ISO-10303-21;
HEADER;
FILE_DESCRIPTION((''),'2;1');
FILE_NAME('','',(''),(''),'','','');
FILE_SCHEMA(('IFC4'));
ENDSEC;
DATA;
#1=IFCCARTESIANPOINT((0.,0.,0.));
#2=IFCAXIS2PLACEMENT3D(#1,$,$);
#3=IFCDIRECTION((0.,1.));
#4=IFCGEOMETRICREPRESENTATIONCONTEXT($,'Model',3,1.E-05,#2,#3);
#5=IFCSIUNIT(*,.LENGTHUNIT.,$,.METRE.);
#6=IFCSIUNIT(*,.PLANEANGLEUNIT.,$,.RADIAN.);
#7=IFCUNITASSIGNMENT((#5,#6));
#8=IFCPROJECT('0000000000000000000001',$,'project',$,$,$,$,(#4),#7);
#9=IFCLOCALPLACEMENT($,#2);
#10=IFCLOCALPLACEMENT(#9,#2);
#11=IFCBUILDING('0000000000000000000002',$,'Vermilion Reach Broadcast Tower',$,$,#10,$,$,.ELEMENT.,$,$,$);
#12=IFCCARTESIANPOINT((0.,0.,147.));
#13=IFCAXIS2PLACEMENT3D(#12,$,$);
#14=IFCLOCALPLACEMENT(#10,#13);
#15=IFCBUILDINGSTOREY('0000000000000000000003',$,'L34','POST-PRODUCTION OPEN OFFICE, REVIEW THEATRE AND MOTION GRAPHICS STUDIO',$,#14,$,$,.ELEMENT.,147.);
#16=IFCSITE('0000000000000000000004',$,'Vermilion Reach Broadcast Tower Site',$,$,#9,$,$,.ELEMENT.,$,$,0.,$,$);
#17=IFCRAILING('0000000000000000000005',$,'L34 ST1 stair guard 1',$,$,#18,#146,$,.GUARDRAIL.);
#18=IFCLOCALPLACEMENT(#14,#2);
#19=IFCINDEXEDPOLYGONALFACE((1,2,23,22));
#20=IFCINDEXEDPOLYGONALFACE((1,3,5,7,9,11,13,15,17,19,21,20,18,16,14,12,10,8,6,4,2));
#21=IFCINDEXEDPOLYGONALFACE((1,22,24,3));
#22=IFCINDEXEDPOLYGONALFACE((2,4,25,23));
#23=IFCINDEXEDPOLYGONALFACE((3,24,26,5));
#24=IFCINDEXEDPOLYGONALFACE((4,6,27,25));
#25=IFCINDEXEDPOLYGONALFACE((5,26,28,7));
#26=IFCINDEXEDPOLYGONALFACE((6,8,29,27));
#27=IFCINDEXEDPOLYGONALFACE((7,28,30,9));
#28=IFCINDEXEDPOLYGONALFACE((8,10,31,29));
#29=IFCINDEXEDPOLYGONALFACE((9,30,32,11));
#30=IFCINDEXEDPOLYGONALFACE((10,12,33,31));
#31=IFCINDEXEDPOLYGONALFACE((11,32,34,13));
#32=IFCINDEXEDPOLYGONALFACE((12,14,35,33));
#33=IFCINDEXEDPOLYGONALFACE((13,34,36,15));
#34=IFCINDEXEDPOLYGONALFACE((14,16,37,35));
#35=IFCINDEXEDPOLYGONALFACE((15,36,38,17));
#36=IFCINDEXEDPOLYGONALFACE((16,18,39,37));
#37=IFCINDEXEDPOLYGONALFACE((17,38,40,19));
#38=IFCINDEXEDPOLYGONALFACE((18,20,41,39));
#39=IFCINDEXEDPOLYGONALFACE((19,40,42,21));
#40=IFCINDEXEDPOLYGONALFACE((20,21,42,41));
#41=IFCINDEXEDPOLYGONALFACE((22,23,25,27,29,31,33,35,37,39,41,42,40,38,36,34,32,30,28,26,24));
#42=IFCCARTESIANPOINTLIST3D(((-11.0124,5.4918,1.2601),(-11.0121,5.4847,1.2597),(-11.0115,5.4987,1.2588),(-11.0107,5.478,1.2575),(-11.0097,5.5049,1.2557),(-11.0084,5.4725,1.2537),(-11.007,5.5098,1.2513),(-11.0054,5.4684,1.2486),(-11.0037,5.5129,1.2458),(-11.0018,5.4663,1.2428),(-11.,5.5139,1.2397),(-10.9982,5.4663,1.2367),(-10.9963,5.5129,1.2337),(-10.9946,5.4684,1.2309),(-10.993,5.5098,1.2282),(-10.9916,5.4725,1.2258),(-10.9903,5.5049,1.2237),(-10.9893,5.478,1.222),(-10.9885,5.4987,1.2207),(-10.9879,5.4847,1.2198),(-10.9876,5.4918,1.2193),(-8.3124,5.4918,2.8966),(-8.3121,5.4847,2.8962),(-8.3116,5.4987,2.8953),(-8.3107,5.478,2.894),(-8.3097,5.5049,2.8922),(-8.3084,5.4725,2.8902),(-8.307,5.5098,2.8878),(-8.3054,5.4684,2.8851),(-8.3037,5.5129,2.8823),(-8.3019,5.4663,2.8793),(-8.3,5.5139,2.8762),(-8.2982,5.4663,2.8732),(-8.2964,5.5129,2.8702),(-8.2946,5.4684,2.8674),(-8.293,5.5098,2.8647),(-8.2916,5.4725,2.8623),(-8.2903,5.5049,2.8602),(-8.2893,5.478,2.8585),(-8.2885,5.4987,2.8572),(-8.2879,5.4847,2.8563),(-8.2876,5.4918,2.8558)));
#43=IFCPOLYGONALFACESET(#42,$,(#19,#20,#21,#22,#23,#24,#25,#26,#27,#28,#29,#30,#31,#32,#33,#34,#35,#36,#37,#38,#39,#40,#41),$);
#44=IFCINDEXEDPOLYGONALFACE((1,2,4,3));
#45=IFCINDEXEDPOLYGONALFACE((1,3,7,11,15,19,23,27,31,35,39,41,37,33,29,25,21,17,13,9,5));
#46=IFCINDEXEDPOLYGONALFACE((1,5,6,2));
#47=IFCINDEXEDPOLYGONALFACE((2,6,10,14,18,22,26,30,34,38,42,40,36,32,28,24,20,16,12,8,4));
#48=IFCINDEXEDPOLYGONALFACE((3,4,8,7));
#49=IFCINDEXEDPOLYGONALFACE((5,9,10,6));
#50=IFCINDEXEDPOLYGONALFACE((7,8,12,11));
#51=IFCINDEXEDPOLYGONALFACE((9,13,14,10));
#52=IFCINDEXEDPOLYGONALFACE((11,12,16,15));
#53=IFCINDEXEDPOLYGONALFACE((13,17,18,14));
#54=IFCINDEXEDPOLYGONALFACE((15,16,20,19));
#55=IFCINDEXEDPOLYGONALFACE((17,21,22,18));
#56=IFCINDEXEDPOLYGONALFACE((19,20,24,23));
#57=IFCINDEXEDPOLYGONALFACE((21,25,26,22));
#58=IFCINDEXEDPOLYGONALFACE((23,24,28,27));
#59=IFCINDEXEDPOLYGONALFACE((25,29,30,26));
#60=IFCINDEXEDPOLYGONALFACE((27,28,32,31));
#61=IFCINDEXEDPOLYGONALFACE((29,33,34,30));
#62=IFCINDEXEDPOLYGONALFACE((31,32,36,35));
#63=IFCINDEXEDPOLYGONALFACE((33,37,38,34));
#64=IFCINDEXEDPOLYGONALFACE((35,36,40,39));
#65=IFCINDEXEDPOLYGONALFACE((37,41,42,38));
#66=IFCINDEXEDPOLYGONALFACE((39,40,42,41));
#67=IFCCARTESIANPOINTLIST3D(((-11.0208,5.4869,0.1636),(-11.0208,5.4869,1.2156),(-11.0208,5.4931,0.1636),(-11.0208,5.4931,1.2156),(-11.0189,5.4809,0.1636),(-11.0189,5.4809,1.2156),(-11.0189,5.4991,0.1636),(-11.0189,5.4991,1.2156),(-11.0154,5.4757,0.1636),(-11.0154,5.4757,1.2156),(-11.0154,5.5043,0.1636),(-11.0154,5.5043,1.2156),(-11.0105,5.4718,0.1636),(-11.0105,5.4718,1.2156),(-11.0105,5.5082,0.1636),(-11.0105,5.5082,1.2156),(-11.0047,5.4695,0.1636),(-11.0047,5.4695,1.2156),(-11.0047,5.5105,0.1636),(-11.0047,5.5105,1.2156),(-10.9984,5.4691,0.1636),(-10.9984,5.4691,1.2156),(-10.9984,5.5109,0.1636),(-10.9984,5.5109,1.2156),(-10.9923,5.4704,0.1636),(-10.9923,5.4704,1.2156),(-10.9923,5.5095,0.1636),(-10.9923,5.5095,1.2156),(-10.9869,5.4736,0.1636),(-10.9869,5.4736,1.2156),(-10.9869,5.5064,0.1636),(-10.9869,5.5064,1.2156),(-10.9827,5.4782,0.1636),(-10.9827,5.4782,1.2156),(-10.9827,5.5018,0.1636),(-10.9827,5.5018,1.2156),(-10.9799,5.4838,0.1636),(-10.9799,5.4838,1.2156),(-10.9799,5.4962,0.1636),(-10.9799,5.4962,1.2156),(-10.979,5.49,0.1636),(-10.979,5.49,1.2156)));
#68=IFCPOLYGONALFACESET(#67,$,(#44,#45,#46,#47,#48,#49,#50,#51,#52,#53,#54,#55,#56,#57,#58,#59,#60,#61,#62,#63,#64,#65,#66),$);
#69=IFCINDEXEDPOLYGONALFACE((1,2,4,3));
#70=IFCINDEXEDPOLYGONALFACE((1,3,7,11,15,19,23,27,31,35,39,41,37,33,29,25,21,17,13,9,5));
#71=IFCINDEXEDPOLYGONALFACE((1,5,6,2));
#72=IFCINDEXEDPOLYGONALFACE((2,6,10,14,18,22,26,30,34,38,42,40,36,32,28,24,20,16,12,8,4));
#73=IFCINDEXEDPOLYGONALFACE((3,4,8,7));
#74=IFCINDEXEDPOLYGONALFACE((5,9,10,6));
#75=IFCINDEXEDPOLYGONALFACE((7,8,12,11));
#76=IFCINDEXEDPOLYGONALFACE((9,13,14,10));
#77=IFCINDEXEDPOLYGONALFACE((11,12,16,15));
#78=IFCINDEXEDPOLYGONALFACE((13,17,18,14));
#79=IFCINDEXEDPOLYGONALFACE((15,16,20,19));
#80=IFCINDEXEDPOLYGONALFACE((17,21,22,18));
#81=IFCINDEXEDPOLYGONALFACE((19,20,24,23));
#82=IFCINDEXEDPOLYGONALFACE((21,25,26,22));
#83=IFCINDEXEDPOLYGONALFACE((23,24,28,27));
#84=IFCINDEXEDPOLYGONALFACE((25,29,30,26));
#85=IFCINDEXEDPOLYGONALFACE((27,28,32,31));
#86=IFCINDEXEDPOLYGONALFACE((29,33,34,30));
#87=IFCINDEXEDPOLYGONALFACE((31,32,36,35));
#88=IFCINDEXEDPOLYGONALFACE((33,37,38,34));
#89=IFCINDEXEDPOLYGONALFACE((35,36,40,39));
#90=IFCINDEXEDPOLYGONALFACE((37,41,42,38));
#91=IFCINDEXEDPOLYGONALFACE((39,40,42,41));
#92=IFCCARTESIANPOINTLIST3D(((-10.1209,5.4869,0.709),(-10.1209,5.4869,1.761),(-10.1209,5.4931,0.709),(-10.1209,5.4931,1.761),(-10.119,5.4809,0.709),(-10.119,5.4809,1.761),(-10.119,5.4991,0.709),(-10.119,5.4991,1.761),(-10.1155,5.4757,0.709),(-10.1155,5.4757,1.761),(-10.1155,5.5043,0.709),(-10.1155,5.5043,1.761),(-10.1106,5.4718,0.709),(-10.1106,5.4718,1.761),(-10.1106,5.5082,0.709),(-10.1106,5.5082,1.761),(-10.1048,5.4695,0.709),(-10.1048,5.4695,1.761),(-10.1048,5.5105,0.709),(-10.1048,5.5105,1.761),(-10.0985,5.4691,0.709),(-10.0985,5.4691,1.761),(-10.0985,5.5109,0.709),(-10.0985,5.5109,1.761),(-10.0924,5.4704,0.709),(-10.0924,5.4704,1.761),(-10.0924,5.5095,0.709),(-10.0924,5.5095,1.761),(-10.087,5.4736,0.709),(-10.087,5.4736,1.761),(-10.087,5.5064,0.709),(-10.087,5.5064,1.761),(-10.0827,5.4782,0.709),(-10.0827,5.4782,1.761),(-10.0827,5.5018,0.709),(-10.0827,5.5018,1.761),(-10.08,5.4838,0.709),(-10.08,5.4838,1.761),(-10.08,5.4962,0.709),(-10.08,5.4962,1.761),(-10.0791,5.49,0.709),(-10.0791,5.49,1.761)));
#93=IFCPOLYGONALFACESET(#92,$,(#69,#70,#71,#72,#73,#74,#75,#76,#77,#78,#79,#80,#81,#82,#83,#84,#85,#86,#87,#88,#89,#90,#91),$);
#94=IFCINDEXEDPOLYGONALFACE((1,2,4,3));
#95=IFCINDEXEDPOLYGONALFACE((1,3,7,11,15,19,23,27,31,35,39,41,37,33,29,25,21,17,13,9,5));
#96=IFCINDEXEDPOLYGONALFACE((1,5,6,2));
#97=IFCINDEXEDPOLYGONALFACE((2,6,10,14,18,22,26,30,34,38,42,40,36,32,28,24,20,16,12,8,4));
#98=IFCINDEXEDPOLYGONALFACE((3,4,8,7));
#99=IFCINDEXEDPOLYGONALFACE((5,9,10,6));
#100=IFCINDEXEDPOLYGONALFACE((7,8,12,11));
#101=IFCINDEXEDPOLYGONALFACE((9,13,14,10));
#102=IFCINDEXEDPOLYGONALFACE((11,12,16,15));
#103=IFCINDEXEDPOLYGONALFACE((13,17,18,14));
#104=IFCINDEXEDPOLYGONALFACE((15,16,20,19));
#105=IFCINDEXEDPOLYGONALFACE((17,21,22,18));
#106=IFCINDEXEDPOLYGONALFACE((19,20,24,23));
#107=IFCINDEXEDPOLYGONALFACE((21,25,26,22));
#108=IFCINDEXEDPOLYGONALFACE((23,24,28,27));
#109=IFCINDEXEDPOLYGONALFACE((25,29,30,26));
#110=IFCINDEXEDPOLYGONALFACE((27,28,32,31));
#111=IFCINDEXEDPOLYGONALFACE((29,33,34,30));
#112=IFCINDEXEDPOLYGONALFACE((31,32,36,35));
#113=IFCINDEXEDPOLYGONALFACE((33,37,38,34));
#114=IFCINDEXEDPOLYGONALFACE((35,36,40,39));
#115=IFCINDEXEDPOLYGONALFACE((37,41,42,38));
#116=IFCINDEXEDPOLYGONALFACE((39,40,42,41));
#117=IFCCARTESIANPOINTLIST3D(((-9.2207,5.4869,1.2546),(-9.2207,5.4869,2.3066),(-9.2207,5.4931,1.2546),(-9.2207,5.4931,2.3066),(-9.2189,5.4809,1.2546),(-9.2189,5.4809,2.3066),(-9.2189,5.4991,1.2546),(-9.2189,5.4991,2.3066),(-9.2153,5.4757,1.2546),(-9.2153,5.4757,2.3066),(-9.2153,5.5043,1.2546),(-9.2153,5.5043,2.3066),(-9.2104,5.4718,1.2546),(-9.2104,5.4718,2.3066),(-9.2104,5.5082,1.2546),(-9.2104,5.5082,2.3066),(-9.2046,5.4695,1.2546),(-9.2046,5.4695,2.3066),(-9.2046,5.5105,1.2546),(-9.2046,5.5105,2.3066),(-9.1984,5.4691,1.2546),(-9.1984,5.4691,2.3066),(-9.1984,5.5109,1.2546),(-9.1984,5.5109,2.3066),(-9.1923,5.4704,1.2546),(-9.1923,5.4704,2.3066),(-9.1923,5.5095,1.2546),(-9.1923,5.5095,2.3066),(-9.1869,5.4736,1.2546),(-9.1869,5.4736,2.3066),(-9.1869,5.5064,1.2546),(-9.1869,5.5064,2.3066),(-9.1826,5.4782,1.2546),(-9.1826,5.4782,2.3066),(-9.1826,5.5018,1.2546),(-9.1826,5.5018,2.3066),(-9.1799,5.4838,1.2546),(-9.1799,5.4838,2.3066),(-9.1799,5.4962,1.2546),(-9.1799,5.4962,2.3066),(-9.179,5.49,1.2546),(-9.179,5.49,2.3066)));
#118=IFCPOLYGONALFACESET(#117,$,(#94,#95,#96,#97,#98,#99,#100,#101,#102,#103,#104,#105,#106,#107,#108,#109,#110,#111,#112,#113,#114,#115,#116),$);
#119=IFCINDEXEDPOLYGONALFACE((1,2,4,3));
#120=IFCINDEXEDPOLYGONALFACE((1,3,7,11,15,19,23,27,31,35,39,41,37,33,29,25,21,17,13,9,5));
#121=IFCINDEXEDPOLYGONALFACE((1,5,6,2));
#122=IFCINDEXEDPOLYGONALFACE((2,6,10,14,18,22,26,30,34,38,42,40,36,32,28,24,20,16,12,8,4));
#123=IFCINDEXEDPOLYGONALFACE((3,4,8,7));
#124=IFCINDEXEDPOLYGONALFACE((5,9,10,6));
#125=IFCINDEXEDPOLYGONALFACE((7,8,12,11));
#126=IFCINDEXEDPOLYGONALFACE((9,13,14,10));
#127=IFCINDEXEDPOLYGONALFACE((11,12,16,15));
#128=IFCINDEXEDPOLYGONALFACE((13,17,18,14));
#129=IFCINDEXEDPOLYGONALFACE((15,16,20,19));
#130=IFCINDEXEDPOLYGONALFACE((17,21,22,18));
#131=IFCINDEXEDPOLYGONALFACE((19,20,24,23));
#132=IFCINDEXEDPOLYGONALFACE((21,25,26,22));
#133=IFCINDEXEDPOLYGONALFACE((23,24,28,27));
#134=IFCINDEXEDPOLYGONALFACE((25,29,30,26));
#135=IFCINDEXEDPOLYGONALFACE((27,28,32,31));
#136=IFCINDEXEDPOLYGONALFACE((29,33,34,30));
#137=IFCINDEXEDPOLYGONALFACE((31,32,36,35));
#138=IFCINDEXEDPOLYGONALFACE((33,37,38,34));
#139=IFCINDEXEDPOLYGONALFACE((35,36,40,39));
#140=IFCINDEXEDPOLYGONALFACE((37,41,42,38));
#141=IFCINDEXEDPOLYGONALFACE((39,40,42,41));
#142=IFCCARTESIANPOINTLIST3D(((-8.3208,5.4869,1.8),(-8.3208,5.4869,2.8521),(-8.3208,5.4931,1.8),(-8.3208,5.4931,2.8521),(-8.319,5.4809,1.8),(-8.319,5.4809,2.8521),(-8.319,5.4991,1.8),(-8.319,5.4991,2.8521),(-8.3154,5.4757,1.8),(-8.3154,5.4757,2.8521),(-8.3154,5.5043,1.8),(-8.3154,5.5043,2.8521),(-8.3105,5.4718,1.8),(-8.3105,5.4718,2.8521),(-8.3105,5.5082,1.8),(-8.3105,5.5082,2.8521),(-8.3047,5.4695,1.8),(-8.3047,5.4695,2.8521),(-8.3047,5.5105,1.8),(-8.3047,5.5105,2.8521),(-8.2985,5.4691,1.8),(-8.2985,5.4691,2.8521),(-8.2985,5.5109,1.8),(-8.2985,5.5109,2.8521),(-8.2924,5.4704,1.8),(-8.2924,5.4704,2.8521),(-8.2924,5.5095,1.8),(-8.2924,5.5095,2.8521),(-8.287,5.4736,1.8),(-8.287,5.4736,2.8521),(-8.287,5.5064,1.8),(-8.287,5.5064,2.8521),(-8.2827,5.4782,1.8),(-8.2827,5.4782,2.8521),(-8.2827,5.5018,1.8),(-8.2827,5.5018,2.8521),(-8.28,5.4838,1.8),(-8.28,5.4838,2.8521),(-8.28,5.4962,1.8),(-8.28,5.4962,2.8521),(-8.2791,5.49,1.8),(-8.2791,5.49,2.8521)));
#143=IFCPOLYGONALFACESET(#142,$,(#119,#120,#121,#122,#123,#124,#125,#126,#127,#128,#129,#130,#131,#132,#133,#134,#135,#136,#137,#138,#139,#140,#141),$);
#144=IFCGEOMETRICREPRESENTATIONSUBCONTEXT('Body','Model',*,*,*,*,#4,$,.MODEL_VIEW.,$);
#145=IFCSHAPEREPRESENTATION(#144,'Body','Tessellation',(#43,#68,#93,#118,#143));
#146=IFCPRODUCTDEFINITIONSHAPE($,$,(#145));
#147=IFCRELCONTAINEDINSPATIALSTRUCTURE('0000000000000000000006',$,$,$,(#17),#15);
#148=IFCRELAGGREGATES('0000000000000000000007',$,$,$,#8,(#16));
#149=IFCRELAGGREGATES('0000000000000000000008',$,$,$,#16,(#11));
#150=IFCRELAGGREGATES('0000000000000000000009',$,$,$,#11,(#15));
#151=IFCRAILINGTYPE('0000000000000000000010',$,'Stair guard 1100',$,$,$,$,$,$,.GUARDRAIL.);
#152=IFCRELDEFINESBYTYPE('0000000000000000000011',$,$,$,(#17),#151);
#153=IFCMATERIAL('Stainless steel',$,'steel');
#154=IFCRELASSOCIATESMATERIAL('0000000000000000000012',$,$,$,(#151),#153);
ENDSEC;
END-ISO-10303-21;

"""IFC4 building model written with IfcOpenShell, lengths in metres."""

from ifc_helpers import new_model, si_unit, direction, frame, origin, origin_2d, place, context, subcontext, project, spatial, circle, extrude, material, type_object, element, save


model = new_model("IFC4")

# Units and contexts
model_context = context("Model", 3, precision=1e-05, world=origin(), true_north=direction((0.0, 1.0)))
body_context = subcontext(model_context, "Body", "Model", "MODEL_VIEW")
ifc_project = project(units=[si_unit("LENGTHUNIT", "METRE"), si_unit("PLANEANGLEUNIT", "RADIAN")], contexts=[model_context])

# Site, building, storey
site_placement = place(None, origin())
site = spatial("IfcSite", under=ifc_project, at=site_placement, Name="Vermilion Reach Broadcast Tower Site", CompositionType="ELEMENT", RefElevation=0.0)
building_placement = place(site_placement, origin())
building = spatial("IfcBuilding", under=site, at=building_placement, Name="Vermilion Reach Broadcast Tower", CompositionType="ELEMENT")
storey_placement = place(building_placement, frame((0.0, 0.0, 147.0)))
storey = spatial("IfcBuildingStorey", under=building, at=storey_placement, Name="L34", Description="POST-PRODUCTION OPEN OFFICE, REVIEW THEATRE AND MOTION GRAPHICS STUDIO", CompositionType="ELEMENT", Elevation=147.0)

# Railing
ifc_material_1 = material(Name="Stainless steel", Category="steel")
railing_type_1 = type_object("IfcRailingType", Name="Stair guard 1100", PredefinedType="GUARDRAIL", material=ifc_material_1)
railing_1_placement = place(storey_placement, frame((-11.0, 5.49, 0.1636)))
element("IfcRailing", 1, at=railing_1_placement, inside=storey, type_object=railing_type_1, Name="L34 ST1 stair guard 1", PredefinedType="GUARDRAIL", context=body_context, shape_type="SweptSolid", body=[
    extrude(circle(Radius=0.0239, at=origin_2d()), frame((0.0, 0.0, 1.0762), z_axis=(0.855178, 0.0, 0.518334), x_axis=(0.0, 1.0, 0.0)), (0.0, 0.0, 1.0), 3.1572),
    extrude(circle(Radius=0.021, at=origin_2d()), origin(), (0.0, 0.0, 1.0), 1.052),
    extrude(circle(Radius=0.021, at=origin_2d()), frame((0.8999, 0.0, 0.5454)), (0.0, 0.0, 1.0), 1.052),
    extrude(circle(Radius=0.021, at=origin_2d()), frame((1.8, 0.0, 1.0911)), (0.0, 0.0, 1.0), 1.052),
    extrude(circle(Radius=0.021, at=origin_2d()), frame((2.7, 0.0, 1.6365)), (0.0, 0.0, 1.0), 1.052),
])

save(model, "model.ifc")
